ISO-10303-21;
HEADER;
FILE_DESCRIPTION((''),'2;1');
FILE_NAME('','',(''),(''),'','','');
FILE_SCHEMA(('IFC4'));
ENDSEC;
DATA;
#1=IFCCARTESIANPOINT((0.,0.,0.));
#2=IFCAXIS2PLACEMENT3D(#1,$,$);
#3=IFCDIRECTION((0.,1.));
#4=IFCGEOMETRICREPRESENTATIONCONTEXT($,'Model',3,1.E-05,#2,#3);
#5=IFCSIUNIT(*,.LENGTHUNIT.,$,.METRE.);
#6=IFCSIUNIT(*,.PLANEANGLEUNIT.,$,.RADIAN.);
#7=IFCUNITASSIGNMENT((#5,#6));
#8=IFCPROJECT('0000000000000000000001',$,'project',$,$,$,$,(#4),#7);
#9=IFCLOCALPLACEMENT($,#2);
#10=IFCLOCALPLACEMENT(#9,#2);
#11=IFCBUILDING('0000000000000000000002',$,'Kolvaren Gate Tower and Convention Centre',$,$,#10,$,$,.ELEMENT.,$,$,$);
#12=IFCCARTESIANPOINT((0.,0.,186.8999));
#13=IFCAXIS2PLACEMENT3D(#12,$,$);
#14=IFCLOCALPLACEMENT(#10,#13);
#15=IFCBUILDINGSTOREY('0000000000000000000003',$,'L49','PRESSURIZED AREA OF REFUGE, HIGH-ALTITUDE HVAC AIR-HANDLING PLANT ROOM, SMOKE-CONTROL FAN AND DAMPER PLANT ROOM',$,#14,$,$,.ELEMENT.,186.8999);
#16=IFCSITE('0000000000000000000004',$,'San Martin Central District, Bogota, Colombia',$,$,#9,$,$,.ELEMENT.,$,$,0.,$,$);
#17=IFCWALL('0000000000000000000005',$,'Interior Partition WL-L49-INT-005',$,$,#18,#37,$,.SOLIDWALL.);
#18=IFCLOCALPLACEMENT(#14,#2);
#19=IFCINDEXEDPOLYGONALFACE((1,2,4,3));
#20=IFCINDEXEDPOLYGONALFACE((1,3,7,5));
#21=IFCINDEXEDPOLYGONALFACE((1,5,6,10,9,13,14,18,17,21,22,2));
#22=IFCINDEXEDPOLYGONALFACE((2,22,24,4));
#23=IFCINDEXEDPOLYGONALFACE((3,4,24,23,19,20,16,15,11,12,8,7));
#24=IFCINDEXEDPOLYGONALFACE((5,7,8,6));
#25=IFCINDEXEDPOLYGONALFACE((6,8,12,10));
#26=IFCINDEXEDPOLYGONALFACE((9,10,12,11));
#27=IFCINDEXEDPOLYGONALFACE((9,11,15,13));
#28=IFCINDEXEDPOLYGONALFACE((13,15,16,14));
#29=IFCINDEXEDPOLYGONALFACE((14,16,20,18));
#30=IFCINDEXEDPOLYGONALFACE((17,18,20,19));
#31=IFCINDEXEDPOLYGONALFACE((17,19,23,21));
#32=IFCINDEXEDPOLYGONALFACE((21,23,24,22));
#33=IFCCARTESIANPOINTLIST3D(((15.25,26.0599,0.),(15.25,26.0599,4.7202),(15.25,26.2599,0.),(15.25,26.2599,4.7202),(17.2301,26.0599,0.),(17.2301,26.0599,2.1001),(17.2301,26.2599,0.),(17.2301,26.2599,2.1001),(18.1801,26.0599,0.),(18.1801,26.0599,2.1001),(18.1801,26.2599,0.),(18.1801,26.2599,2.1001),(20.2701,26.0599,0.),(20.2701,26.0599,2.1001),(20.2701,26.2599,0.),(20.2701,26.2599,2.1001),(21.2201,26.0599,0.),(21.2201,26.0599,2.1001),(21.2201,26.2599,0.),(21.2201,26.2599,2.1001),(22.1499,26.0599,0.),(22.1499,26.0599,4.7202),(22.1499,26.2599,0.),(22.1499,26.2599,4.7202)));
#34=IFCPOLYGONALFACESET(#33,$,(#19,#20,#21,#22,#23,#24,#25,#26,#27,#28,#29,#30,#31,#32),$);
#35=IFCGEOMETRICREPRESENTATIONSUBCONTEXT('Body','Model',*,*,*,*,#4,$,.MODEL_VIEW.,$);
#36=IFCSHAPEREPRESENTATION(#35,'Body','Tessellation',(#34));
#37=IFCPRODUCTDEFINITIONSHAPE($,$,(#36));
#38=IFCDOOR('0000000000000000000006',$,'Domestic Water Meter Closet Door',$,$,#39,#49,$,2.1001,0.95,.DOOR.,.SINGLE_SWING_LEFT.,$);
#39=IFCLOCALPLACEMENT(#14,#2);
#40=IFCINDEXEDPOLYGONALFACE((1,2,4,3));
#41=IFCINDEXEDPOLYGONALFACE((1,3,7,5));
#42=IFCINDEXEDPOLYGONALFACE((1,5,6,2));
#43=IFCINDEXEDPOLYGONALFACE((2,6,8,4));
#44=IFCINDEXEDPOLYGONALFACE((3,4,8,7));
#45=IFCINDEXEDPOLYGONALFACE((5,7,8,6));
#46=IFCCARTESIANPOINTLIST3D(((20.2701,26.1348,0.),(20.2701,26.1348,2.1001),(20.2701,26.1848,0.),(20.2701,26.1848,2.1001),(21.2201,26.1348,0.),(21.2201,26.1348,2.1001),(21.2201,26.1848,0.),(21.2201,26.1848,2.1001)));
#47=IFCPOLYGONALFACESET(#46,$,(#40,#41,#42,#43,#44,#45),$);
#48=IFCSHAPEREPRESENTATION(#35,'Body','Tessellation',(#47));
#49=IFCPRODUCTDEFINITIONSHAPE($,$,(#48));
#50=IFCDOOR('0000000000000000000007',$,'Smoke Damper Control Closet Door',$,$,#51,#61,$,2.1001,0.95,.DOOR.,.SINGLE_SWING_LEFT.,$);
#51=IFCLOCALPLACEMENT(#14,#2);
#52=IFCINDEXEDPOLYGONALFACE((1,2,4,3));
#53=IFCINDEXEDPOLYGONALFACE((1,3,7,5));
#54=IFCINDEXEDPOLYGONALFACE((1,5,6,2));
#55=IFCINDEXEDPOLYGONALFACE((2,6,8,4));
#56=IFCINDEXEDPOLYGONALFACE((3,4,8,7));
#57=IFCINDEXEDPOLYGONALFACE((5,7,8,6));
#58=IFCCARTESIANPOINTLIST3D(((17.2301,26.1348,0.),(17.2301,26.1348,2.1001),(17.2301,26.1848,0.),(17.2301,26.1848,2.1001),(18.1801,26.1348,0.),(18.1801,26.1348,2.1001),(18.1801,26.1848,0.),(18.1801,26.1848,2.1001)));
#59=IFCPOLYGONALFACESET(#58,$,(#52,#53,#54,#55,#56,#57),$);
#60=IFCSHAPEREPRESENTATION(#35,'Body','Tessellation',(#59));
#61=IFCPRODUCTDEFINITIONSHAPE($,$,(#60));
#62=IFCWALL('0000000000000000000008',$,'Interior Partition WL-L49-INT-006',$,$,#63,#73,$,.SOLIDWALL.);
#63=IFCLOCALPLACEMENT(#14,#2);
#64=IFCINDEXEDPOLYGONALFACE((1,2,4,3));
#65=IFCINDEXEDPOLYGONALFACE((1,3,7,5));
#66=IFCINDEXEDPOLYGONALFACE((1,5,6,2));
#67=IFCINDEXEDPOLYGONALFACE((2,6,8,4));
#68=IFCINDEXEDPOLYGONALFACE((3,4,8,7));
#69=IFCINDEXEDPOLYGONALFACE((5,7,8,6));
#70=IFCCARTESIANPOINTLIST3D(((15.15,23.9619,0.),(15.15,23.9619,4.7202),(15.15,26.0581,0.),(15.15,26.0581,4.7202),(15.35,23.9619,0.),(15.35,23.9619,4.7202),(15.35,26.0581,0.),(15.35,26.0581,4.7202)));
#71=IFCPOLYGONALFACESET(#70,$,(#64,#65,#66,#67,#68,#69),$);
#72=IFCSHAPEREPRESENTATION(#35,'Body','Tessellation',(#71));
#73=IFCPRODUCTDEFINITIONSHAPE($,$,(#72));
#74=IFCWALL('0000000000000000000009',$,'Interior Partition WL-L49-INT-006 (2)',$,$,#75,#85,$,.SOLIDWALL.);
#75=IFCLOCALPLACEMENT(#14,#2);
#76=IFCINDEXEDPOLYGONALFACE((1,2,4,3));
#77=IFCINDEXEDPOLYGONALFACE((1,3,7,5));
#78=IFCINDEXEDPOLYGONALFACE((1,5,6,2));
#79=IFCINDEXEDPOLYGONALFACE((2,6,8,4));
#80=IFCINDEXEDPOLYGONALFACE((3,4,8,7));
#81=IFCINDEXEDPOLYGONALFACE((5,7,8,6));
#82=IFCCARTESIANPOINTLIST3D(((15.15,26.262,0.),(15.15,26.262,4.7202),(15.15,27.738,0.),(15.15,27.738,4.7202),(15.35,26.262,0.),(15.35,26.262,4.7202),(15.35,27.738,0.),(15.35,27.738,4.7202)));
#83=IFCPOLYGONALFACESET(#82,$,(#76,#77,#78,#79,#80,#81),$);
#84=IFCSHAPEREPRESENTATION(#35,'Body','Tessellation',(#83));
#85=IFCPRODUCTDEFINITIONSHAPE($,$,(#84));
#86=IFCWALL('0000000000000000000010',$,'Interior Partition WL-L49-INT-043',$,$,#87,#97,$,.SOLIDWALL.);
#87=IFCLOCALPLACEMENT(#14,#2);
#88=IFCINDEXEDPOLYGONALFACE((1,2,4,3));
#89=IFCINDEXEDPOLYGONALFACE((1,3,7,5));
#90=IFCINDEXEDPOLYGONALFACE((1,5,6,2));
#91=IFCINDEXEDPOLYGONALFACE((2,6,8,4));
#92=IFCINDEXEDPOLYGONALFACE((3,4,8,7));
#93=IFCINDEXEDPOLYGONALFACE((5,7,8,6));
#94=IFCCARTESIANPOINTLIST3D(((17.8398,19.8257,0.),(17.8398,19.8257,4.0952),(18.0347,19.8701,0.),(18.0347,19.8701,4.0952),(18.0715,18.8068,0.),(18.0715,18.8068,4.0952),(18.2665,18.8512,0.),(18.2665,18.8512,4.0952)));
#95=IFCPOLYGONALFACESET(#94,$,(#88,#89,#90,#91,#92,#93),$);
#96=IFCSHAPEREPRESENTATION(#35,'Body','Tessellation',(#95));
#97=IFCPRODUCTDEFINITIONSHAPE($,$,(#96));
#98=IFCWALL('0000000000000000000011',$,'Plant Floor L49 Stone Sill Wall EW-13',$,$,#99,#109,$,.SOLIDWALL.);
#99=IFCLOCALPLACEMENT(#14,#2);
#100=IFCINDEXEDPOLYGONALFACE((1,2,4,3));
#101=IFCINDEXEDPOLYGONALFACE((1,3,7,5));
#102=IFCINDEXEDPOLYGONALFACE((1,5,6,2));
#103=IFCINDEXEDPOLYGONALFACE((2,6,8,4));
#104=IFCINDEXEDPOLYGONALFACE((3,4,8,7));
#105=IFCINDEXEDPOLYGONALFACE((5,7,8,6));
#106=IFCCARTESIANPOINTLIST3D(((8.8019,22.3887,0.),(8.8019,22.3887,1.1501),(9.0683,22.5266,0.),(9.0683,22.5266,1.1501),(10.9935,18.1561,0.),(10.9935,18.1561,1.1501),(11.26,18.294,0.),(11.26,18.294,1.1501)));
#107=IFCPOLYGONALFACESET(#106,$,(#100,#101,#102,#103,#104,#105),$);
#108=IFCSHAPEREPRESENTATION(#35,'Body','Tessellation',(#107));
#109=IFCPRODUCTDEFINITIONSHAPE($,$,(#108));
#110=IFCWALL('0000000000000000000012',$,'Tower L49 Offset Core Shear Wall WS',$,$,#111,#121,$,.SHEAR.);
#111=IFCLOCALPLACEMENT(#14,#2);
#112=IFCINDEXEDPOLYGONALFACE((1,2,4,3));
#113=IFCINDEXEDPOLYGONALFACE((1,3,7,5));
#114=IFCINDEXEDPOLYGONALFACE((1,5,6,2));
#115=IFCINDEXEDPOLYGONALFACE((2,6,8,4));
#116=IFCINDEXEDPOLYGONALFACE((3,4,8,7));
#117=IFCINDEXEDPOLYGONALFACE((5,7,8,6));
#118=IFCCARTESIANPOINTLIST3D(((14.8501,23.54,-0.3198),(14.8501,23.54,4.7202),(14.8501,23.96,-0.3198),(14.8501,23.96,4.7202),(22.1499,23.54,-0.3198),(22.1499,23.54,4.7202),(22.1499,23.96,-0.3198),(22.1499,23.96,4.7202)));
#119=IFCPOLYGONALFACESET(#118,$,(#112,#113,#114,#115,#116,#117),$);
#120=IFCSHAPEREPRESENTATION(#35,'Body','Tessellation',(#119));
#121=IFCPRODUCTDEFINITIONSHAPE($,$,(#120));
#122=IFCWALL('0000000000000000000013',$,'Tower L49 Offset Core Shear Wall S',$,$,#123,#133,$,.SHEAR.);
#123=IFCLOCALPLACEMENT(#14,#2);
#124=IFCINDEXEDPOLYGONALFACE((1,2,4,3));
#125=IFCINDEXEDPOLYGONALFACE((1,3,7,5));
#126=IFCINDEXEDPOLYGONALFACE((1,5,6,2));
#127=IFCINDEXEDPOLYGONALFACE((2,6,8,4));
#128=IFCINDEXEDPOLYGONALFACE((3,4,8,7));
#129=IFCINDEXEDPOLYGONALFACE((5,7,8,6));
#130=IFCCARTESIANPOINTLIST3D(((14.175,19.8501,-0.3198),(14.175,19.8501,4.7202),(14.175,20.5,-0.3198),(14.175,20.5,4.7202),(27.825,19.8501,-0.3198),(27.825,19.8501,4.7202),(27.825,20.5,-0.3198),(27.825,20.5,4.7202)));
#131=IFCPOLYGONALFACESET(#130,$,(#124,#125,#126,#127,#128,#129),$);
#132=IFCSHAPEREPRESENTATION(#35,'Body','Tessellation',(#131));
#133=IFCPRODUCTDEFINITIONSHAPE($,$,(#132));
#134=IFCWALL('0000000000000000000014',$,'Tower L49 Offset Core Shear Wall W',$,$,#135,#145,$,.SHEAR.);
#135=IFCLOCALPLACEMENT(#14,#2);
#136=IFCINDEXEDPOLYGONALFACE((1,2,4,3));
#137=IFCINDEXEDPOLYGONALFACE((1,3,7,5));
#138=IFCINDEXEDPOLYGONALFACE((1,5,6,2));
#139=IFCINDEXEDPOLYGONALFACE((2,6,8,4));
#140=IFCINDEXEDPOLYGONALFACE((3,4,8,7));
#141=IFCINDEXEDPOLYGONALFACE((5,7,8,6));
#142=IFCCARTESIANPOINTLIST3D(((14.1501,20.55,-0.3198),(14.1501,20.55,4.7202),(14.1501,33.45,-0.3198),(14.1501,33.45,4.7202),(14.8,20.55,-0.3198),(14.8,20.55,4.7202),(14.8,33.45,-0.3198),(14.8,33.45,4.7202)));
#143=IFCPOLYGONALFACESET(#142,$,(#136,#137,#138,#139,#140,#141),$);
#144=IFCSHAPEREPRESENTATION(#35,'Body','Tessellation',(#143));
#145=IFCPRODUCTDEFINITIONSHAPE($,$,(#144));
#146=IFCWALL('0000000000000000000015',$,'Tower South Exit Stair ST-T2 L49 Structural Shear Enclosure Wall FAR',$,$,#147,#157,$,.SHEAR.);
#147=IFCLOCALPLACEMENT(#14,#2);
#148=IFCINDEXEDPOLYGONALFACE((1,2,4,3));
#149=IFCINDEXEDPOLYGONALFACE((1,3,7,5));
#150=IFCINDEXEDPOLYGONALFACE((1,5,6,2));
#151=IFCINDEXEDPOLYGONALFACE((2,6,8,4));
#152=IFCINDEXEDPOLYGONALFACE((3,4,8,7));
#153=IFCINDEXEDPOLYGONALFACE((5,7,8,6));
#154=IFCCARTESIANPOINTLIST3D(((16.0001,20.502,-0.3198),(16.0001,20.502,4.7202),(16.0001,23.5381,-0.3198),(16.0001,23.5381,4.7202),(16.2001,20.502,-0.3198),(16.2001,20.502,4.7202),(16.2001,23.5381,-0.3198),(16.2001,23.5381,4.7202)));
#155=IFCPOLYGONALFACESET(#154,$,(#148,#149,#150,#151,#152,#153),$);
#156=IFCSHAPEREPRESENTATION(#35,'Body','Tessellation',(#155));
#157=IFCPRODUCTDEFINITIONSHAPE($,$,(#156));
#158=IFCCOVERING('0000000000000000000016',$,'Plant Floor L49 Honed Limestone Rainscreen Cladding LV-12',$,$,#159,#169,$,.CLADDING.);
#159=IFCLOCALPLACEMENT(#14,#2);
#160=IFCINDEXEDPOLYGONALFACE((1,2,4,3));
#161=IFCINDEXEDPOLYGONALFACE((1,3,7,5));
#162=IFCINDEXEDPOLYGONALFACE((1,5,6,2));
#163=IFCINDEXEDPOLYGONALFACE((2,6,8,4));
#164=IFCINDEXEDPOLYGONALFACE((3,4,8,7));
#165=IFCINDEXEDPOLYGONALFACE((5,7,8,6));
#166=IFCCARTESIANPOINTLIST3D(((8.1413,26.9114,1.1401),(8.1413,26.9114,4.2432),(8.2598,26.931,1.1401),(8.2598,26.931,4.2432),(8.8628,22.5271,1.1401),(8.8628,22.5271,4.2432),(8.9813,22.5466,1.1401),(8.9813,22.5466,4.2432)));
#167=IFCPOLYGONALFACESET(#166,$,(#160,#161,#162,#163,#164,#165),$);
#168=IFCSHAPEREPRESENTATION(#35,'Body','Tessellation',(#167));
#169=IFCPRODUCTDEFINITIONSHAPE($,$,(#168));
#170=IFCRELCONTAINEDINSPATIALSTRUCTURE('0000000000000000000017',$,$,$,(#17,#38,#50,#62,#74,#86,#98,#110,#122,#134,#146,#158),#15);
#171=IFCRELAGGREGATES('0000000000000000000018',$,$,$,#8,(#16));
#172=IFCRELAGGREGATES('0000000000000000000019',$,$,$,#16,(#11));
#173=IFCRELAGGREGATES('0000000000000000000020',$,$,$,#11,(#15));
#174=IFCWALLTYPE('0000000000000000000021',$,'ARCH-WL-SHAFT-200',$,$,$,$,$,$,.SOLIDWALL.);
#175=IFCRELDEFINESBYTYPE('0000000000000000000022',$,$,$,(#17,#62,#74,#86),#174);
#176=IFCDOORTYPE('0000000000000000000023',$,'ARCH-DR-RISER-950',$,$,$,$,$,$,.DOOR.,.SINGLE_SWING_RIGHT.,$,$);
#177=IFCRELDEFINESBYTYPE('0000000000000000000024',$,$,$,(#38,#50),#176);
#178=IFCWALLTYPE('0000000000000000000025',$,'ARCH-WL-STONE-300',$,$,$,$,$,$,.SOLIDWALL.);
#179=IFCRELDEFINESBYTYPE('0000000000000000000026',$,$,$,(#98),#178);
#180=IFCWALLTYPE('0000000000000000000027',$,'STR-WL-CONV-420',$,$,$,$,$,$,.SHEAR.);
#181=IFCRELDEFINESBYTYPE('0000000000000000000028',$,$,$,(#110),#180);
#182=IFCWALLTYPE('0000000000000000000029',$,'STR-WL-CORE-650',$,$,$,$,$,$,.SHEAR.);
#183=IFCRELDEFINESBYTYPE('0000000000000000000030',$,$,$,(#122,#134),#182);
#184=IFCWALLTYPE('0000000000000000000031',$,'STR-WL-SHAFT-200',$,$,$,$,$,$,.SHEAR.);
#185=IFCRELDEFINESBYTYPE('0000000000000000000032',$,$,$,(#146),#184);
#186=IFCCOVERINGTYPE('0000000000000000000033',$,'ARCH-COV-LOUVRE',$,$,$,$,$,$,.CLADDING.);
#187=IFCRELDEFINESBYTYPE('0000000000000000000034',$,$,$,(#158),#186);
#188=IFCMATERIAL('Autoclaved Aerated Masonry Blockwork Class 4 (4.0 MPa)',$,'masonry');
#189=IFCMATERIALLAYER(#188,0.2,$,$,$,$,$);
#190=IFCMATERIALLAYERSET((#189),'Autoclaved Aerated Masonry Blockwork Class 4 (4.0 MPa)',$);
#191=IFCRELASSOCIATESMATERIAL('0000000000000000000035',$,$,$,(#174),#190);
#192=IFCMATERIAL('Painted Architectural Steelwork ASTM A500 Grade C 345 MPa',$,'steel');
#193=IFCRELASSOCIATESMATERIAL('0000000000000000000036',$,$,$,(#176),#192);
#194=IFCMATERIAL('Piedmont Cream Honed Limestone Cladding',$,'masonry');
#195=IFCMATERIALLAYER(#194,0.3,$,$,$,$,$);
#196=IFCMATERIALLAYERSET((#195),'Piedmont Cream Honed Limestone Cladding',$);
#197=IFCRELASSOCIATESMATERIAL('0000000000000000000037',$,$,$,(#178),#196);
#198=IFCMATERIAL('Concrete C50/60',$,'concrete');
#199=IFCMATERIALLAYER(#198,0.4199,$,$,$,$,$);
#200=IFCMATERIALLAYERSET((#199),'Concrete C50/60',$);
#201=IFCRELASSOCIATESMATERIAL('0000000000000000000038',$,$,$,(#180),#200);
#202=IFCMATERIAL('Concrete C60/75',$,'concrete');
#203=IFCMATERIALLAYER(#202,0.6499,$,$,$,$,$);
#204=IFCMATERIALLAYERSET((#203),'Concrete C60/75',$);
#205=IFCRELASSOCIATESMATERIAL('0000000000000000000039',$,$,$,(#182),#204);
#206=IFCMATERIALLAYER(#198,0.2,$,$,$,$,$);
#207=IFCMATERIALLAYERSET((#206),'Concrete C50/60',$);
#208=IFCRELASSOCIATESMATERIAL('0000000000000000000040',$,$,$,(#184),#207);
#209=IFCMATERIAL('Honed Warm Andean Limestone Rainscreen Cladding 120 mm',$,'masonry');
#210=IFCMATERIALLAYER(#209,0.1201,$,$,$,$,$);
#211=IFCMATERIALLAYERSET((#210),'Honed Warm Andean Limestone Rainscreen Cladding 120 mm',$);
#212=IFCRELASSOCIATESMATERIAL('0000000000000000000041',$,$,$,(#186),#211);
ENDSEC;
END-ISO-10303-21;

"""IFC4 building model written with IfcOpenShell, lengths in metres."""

from ifc_helpers import new_model, si_unit, direction, frame, frame_2d, origin, origin_2d, place, context, subcontext, project, spatial, rectangle, extrude, material, layer, layer_set, type_object, element, fill, save


model = new_model("IFC4")

# Units and contexts
model_context = context("Model", 3, precision=1e-05, world=origin(), true_north=direction((0.0, 1.0)))
body_context = subcontext(model_context, "Body", "Model", "MODEL_VIEW")
ifc_project = project(units=[si_unit("LENGTHUNIT", "METRE"), si_unit("PLANEANGLEUNIT", "RADIAN")], contexts=[model_context])

# Site, building, storey
site_placement = place(None, origin())
site = spatial("IfcSite", under=ifc_project, at=site_placement, Name="San Martin Central District, Bogota, Colombia", CompositionType="ELEMENT", RefElevation=0.0)
building_placement = place(site_placement, origin())
building = spatial("IfcBuilding", under=site, at=building_placement, Name="Kolvaren Gate Tower and Convention Centre", CompositionType="ELEMENT")
storey_placement = place(building_placement, frame((0.0, 0.0, 186.8999)))
storey = spatial("IfcBuildingStorey", under=building, at=storey_placement, Name="L49", Description="PRESSURIZED AREA OF REFUGE, HIGH-ALTITUDE HVAC AIR-HANDLING PLANT ROOM, SMOKE-CONTROL FAN AND DAMPER PLANT ROOM", CompositionType="ELEMENT", Elevation=186.8999)

# Shared definitions
ifc_material_1 = material(Name="Concrete C60/75", Category="concrete")

# Shared definitions
ifc_material_2 = material(Name="Autoclaved Aerated Masonry Blockwork Class 4 (4.0 MPa)", Category="masonry")
ifc_layer_1 = layer(ifc_material_2, 0.2)
ifc_layer_set_1 = layer_set([ifc_layer_1], Name="Autoclaved Aerated Masonry Blockwork Class 4 (4.0 MPa)")
wall_type_1 = type_object("IfcWallType", Name="ARCH-WL-SHAFT-200", PredefinedType="SOLIDWALL", material=ifc_layer_set_1)

# Wall, openings, doors
wall_1_placement = place(storey_placement, frame((15.25, 26.1599, 0.0), z_axis=(0.0, 0.0, 1.0), x_axis=(1.0, 0.0, 0.0)))
wall_1 = element("IfcWall", 1, at=wall_1_placement, inside=storey, type_object=wall_type_1, Name="Interior Partition WL-L49-INT-005", PredefinedType="SOLIDWALL", context=body_context, shape_type="SweptSolid", body=[
    extrude(rectangle(XDim=6.8999, YDim=0.2, at=frame_2d((3.45, 0.0))), origin(), (0.0, 0.0, 1.0), 4.7202),
])
opening_1_placement = place(wall_1_placement, frame((5.02, 0.0, 0.0)))
opening_1 = element("IfcOpeningElement", 2, at=opening_1_placement, cuts=wall_1, PredefinedType="OPENING", context=body_context, shape_type="SweptSolid", body=[
    extrude(rectangle(XDim=0.95, YDim=2.1001, at=frame_2d((0.4751, 1.05))), frame((0.0, 0.1099, 0.0), z_axis=(0.0, -1.0, 0.0), x_axis=(1.0, 0.0, 0.0)), (0.0, 0.0, 1.0), 0.22),
])
opening_2_placement = place(wall_1_placement, frame((1.98, 0.0, 0.0)))
opening_2 = element("IfcOpeningElement", 3, at=opening_2_placement, cuts=wall_1, PredefinedType="OPENING", context=body_context, shape_type="SweptSolid", body=[
    extrude(rectangle(XDim=0.95, YDim=2.1001, at=frame_2d((0.4751, 1.05))), frame((0.0, 0.1099, 0.0), z_axis=(0.0, -1.0, 0.0), x_axis=(1.0, 0.0, 0.0)), (0.0, 0.0, 1.0), 0.22),
])
ifc_material_3 = material(Name="Painted Architectural Steelwork ASTM A500 Grade C 345 MPa", Category="steel")
door_type = type_object("IfcDoorType", Name="ARCH-DR-RISER-950", OperationType="SINGLE_SWING_RIGHT", PredefinedType="DOOR", material=ifc_material_3)
door_1_placement = place(opening_1_placement, origin())
door_1 = element("IfcDoor", 4, at=door_1_placement, inside=storey, type_object=door_type, Name="Domestic Water Meter Closet Door", OperationType="SINGLE_SWING_LEFT", OverallHeight=2.1001, OverallWidth=0.95, PredefinedType="DOOR", context=body_context, shape_type="SweptSolid", body=[
    extrude(rectangle(XDim=0.95, YDim=2.1001, at=frame_2d((0.4751, 1.05))), frame((0.0, 0.0249, 0.0), z_axis=(0.0, -1.0, 0.0), x_axis=(1.0, 0.0, 0.0)), (0.0, 0.0, 1.0), 0.05),
])
fill(opening_1, door_1)
door_2_placement = place(opening_2_placement, origin())
door_2 = element("IfcDoor", 5, at=door_2_placement, inside=storey, type_object=door_type, Name="Smoke Damper Control Closet Door", OperationType="SINGLE_SWING_LEFT", OverallHeight=2.1001, OverallWidth=0.95, PredefinedType="DOOR", context=body_context, shape_type="SweptSolid", body=[
    extrude(rectangle(XDim=0.95, YDim=2.1001, at=frame_2d((0.4751, 1.05))), frame((0.0, 0.0249, 0.0), z_axis=(0.0, -1.0, 0.0), x_axis=(1.0, 0.0, 0.0)), (0.0, 0.0, 1.0), 0.05),
])
fill(opening_2, door_2)

# Walls
wall_2_placement = place(storey_placement, frame((15.25, 23.9619, 0.0), z_axis=(0.0, 0.0, 1.0), x_axis=(0.0, 1.0, 0.0)))
element("IfcWall", 6, at=wall_2_placement, inside=storey, type_object=wall_type_1, Name="Interior Partition WL-L49-INT-006", PredefinedType="SOLIDWALL", context=body_context, shape_type="SweptSolid", body=[
    extrude(rectangle(XDim=2.0962, YDim=0.2, at=frame_2d((1.0481, 0.0))), origin(), (0.0, 0.0, 1.0), 4.7202),
])
wall_3_placement = place(storey_placement, frame((15.25, 26.262, 0.0), z_axis=(0.0, 0.0, 1.0), x_axis=(0.0, 1.0, 0.0)))
element("IfcWall", 7, at=wall_3_placement, inside=storey, type_object=wall_type_1, Name="Interior Partition WL-L49-INT-006 (2)", PredefinedType="SOLIDWALL", context=body_context, shape_type="SweptSolid", body=[
    extrude(rectangle(XDim=1.4761, YDim=0.2, at=frame_2d((0.738, 0.0))), origin(), (0.0, 0.0, 1.0), 4.7202),
])
wall_4_placement = place(storey_placement, frame((17.9373, 19.8479, 0.0), z_axis=(0.0, 0.0, 1.0), x_axis=(0.221752, -0.975103, 0.0)))
element("IfcWall", 8, at=wall_4_placement, inside=storey, type_object=wall_type_1, Name="Interior Partition WL-L49-INT-043", PredefinedType="SOLIDWALL", context=body_context, shape_type="SweptSolid", body=[
    extrude(rectangle(XDim=1.0449, YDim=0.2, at=frame_2d((0.5225, 0.0))), origin(), (0.0, 0.0, 1.0), 4.0952),
])
ifc_material_4 = material(Name="Piedmont Cream Honed Limestone Cladding", Category="masonry")
ifc_layer_2 = layer(ifc_material_4, 0.3)
ifc_layer_set_2 = layer_set([ifc_layer_2], Name="Piedmont Cream Honed Limestone Cladding")
wall_type_2 = type_object("IfcWallType", Name="ARCH-WL-STONE-300", PredefinedType="SOLIDWALL", material=ifc_layer_set_2)
wall_5_placement = place(storey_placement, frame((8.9351, 22.4578, 0.0), z_axis=(0.0, 0.0, 1.0), x_axis=(0.45981, -0.888017, 0.0)))
element("IfcWall", 9, at=wall_5_placement, inside=storey, type_object=wall_type_2, Name="Plant Floor L49 Stone Sill Wall EW-13", PredefinedType="SOLIDWALL", context=body_context, shape_type="SweptSolid", body=[
    extrude(rectangle(XDim=4.7664, YDim=0.3, at=frame_2d((2.3833, 0.0))), origin(), (0.0, 0.0, 1.0), 1.1501),
])
ifc_material_5 = material(Name="Concrete C50/60", Category="concrete")
ifc_layer_3 = layer(ifc_material_5, 0.4199)
ifc_layer_set_3 = layer_set([ifc_layer_3], Name="Concrete C50/60")
wall_type_3 = type_object("IfcWallType", Name="STR-WL-CONV-420", PredefinedType="SHEAR", material=ifc_layer_set_3)
wall_6_placement = place(storey_placement, frame((14.8501, 23.75, -0.3198), z_axis=(0.0, 0.0, 1.0), x_axis=(1.0, 0.0, 0.0)))
element("IfcWall", 10, at=wall_6_placement, inside=storey, type_object=wall_type_3, Name="Tower L49 Offset Core Shear Wall WS", PredefinedType="SHEAR", context=body_context, shape_type="SweptSolid", body=[
    extrude(rectangle(XDim=7.2998, YDim=0.4199, at=frame_2d((3.6499, 0.0))), origin(), (0.0, 0.0, 1.0), 5.04),
])
ifc_layer_4 = layer(ifc_material_1, 0.6499)
ifc_layer_set_4 = layer_set([ifc_layer_4], Name="Concrete C60/75")
wall_type_4 = type_object("IfcWallType", Name="STR-WL-CORE-650", PredefinedType="SHEAR", material=ifc_layer_set_4)
wall_7_placement = place(storey_placement, frame((14.175, 20.175, -0.3198), z_axis=(0.0, 0.0, 1.0), x_axis=(1.0, 0.0, 0.0)))
element("IfcWall", 11, at=wall_7_placement, inside=storey, type_object=wall_type_4, Name="Tower L49 Offset Core Shear Wall S", PredefinedType="SHEAR", context=body_context, shape_type="SweptSolid", body=[
    extrude(rectangle(XDim=13.6499, YDim=0.6499, at=frame_2d((6.825, 0.0))), origin(), (0.0, 0.0, 1.0), 5.04),
])
wall_8_placement = place(storey_placement, frame((14.4751, 20.55, -0.3198), z_axis=(0.0, 0.0, 1.0), x_axis=(0.0, 1.0, 0.0)))
element("IfcWall", 12, at=wall_8_placement, inside=storey, type_object=wall_type_4, Name="Tower L49 Offset Core Shear Wall W", PredefinedType="SHEAR", context=body_context, shape_type="SweptSolid", body=[
    extrude(rectangle(XDim=12.8999, YDim=0.6499, at=frame_2d((6.45, 0.0))), origin(), (0.0, 0.0, 1.0), 5.04),
])
ifc_layer_5 = layer(ifc_material_5, 0.2)
ifc_layer_set_5 = layer_set([ifc_layer_5], Name="Concrete C50/60")
wall_type_5 = type_object("IfcWallType", Name="STR-WL-SHAFT-200", PredefinedType="SHEAR", material=ifc_layer_set_5)
wall_9_placement = place(storey_placement, frame((16.1001, 20.502, -0.3198), z_axis=(0.0, 0.0, 1.0), x_axis=(0.0, 1.0, 0.0)))
element("IfcWall", 13, at=wall_9_placement, inside=storey, type_object=wall_type_5, Name="Tower South Exit Stair ST-T2 L49 Structural Shear Enclosure Wall FAR", PredefinedType="SHEAR", context=body_context, shape_type="SweptSolid", body=[
    extrude(rectangle(XDim=3.0361, YDim=0.2, at=frame_2d((1.5181, 0.0))), origin(), (0.0, 0.0, 1.0), 5.04),
])

# Covering
ifc_material_6 = material(Name="Honed Warm Andean Limestone Rainscreen Cladding 120 mm", Category="masonry")
ifc_layer_6 = layer(ifc_material_6, 0.1201)
ifc_layer_set_6 = layer_set([ifc_layer_6], Name="Honed Warm Andean Limestone Rainscreen Cladding 120 mm")
covering_type = type_object("IfcCoveringType", Name="ARCH-COV-LOUVRE", PredefinedType="CLADDING", material=ifc_layer_set_6)
covering_1_placement = place(storey_placement, frame((8.5613, 24.729, 1.1401), z_axis=(0.0, 0.0, 1.0), x_axis=(0.162381, -0.986728, 0.0)))
element("IfcCovering", 14, at=covering_1_placement, inside=storey, type_object=covering_type, Name="Plant Floor L49 Honed Limestone Rainscreen Cladding LV-12", PredefinedType="CLADDING", context=body_context, shape_type="SweptSolid", body=[
    extrude(rectangle(XDim=4.4434, YDim=0.1201, at=origin_2d()), origin(), (0.0, 0.0, 1.0), 3.103),
])

save(model, "model.ifc")
